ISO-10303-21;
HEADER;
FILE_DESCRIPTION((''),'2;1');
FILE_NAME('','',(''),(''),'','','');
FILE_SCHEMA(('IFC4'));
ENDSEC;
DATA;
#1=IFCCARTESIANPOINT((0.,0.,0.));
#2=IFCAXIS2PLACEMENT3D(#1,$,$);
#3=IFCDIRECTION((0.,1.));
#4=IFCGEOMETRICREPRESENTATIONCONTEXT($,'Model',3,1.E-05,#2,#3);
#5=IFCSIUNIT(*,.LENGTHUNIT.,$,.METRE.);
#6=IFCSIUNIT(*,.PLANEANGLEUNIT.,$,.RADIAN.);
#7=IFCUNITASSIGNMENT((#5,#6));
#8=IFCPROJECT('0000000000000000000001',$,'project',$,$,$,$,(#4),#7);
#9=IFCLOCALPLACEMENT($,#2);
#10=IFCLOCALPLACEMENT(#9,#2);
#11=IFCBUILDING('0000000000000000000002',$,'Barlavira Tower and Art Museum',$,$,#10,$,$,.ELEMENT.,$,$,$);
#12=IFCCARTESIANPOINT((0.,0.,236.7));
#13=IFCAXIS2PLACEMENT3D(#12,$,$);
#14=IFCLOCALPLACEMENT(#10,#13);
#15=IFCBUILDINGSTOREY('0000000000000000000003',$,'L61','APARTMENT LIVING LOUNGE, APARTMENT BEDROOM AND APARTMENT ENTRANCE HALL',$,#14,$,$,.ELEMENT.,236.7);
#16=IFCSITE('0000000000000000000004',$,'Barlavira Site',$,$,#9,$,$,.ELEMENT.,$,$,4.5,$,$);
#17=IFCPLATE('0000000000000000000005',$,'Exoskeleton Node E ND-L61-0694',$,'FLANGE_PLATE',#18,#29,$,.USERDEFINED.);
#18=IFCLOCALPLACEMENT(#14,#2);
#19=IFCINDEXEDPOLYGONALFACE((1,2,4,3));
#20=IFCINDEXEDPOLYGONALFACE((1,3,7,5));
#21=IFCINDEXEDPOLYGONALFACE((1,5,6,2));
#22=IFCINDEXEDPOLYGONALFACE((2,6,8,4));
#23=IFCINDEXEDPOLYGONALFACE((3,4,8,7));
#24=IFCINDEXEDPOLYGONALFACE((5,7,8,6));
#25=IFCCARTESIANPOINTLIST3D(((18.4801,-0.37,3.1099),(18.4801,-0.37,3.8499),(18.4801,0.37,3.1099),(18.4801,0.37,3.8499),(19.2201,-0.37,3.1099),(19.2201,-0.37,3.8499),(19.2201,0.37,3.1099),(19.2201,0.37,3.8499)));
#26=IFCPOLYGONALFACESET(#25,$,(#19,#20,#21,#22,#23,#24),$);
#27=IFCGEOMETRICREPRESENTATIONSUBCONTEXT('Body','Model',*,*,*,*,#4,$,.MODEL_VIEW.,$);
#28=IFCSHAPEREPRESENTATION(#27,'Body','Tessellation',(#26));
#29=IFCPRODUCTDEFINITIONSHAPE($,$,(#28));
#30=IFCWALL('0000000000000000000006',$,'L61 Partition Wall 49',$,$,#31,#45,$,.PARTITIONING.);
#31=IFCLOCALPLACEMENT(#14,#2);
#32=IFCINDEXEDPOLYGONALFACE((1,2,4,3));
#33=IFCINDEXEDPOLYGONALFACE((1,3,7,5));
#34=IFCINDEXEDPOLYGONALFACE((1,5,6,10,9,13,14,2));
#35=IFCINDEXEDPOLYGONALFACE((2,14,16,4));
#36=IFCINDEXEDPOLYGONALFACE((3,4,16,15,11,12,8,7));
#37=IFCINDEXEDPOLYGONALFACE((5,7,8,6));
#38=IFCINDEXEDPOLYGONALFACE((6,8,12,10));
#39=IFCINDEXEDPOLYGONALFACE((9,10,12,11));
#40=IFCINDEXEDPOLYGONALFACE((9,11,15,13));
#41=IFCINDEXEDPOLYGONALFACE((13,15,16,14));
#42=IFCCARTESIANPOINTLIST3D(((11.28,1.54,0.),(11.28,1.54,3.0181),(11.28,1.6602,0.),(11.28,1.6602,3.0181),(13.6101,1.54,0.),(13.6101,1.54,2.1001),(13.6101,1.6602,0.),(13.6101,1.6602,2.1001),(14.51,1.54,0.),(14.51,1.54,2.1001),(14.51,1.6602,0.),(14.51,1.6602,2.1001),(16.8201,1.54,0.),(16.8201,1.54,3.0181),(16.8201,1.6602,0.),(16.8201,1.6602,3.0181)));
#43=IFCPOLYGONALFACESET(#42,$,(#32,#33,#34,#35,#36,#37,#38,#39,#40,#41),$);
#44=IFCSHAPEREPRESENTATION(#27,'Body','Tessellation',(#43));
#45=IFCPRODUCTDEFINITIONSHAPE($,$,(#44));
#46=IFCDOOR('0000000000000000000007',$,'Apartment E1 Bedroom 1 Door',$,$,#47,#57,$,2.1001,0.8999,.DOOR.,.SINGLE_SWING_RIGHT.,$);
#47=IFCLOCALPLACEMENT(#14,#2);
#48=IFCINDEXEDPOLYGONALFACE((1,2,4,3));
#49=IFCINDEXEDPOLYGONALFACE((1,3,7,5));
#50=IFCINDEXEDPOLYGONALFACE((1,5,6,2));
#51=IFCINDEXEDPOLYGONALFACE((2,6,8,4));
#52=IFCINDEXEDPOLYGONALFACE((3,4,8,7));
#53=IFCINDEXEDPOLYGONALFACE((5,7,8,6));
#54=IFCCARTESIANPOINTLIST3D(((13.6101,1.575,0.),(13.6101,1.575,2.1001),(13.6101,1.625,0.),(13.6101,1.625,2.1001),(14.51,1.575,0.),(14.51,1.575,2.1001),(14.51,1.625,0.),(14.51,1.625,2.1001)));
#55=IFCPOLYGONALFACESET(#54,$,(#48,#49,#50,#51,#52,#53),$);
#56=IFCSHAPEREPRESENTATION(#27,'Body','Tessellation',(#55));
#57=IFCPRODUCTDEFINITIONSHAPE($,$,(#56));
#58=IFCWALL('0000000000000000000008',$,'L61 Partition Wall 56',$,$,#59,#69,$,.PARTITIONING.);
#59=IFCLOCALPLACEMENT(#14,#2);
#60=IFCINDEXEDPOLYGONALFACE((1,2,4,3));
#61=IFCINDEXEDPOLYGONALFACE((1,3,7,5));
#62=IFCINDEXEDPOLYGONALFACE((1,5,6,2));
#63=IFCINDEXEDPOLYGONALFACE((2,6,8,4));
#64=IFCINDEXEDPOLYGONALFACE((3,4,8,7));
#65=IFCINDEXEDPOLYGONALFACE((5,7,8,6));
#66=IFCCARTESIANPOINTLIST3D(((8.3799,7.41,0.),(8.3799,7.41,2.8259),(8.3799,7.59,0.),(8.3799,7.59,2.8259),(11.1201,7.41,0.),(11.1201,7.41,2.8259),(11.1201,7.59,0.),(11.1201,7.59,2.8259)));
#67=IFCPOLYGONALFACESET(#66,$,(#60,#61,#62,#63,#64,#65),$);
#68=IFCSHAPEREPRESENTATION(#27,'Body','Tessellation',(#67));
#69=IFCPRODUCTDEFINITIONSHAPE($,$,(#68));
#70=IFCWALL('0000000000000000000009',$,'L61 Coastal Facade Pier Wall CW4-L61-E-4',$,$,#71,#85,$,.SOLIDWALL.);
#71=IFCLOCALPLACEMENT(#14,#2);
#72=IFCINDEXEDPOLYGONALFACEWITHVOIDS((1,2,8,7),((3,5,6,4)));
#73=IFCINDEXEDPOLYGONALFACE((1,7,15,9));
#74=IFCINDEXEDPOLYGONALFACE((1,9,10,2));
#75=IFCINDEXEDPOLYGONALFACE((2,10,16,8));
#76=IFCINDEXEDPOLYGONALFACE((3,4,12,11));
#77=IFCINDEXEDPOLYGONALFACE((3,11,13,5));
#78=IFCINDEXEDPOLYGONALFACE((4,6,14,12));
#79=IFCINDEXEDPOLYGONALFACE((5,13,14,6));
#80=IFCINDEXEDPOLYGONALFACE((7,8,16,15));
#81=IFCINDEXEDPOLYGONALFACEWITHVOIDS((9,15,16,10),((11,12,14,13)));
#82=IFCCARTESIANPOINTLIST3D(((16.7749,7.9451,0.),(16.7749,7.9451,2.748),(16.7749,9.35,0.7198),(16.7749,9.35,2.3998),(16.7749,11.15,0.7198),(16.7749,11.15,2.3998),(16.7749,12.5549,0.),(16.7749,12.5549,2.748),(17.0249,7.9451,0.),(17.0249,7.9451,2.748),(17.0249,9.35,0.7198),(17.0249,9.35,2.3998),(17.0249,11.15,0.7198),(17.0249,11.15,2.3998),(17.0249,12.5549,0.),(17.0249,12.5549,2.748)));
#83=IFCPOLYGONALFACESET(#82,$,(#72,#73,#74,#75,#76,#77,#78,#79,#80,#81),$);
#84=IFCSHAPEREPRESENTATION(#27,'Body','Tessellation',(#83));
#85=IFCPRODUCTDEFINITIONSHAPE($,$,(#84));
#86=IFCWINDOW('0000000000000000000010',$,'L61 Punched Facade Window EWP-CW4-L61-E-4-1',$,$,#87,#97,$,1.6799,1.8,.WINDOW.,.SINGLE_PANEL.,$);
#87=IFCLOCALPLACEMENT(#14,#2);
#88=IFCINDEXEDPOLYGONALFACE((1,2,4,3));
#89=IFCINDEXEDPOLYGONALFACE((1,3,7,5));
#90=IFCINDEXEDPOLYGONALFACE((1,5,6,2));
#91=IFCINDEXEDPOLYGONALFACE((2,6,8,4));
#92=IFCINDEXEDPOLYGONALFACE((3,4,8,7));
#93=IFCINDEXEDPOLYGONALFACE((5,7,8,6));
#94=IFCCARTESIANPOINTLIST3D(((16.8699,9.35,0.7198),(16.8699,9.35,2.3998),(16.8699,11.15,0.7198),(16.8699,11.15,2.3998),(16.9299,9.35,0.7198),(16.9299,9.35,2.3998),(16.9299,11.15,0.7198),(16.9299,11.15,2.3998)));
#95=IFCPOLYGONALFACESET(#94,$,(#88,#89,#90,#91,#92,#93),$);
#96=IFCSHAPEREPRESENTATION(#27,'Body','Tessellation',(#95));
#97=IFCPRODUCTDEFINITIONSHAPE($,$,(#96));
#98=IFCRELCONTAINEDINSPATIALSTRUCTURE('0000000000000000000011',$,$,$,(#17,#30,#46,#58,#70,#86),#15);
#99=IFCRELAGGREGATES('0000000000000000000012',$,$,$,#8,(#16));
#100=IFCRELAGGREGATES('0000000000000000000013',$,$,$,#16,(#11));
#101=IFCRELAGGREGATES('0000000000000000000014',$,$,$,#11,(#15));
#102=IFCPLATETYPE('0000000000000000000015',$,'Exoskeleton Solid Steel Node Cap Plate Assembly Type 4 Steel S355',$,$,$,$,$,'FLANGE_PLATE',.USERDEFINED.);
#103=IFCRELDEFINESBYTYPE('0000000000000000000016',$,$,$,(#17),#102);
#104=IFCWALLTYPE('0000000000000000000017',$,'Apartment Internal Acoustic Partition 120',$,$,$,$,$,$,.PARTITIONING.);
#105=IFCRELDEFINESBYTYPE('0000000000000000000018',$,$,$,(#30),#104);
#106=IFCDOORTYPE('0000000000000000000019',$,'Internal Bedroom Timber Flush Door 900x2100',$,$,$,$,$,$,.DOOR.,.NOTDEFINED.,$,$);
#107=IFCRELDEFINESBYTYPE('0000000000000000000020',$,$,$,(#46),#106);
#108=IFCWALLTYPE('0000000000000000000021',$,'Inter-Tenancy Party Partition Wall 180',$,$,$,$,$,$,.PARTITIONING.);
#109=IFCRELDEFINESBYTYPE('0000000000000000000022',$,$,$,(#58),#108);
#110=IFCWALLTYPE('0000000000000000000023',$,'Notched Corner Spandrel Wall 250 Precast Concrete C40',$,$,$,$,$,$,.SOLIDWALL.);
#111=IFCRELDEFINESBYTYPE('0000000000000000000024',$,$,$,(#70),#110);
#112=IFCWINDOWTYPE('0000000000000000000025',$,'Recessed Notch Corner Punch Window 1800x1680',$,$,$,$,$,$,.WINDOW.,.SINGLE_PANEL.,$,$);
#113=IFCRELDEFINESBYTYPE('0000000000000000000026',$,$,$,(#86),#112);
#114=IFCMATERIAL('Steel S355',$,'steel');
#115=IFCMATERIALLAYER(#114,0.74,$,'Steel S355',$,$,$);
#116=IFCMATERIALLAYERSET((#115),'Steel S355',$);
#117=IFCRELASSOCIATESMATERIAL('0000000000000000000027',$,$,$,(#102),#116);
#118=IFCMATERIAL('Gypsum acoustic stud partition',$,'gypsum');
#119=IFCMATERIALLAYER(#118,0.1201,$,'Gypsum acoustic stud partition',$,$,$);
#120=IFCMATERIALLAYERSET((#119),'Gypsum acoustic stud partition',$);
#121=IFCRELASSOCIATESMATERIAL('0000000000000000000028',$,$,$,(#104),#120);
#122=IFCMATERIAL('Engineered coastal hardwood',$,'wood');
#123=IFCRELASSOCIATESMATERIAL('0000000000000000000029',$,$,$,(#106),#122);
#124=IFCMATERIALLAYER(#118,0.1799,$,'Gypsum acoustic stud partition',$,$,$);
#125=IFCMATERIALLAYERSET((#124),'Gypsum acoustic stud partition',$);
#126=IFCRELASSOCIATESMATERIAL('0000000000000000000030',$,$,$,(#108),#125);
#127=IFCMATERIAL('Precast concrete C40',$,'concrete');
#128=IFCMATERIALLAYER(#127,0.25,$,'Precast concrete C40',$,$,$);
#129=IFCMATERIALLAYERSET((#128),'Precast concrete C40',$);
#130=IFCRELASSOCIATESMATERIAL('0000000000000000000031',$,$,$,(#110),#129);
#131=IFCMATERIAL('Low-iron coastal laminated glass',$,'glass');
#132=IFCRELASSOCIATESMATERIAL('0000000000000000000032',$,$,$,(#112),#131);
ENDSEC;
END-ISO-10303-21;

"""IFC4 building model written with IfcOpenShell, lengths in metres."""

from ifc_helpers import new_model, si_unit, direction, frame, frame_2d, origin, origin_2d, place, context, subcontext, project, spatial, rectangle, extrude, material, layer, layer_set, type_object, element, fill, save


model = new_model("IFC4")

# Units and contexts
model_context = context("Model", 3, precision=1e-05, world=origin(), true_north=direction((0.0, 1.0)))
body_context = subcontext(model_context, "Body", "Model", "MODEL_VIEW")
ifc_project = project(units=[si_unit("LENGTHUNIT", "METRE"), si_unit("PLANEANGLEUNIT", "RADIAN")], contexts=[model_context])

# Site, building, storey
site_placement = place(None, origin())
site = spatial("IfcSite", under=ifc_project, at=site_placement, Name="Barlavira Site", CompositionType="ELEMENT", RefElevation=4.5)
building_placement = place(site_placement, origin())
building = spatial("IfcBuilding", under=site, at=building_placement, Name="Barlavira Tower and Art Museum", CompositionType="ELEMENT")
storey_placement = place(building_placement, frame((0.0, 0.0, 236.7)))
storey = spatial("IfcBuildingStorey", under=building, at=storey_placement, Name="L61", Description="APARTMENT LIVING LOUNGE, APARTMENT BEDROOM AND APARTMENT ENTRANCE HALL", CompositionType="ELEMENT", Elevation=236.7)

# Shared definitions
ifc_material_1 = material(Name="Low-iron coastal laminated glass", Category="glass")

# Shared definitions
ifc_material_2 = material(Name="Steel S355", Category="steel")

# Plate
ifc_layer_1 = layer(ifc_material_2, 0.74, Name="Steel S355")
ifc_layer_set_1 = layer_set([ifc_layer_1], Name="Steel S355")
plate_type_1 = type_object("IfcPlateType", Name="Exoskeleton Solid Steel Node Cap Plate Assembly Type 4 Steel S355", ElementType="FLANGE_PLATE", PredefinedType="USERDEFINED", material=ifc_layer_set_1)
plate_1_placement = place(storey_placement, frame((18.8501, 0.0, 3.1099), z_axis=(0.0, 0.0, 1.0), x_axis=(1.0, 0.0, 0.0)))
element("IfcPlate", 1, at=plate_1_placement, inside=storey, type_object=plate_type_1, Name="Exoskeleton Node E ND-L61-0694", ObjectType="FLANGE_PLATE", PredefinedType="USERDEFINED", context=body_context, shape_type="SweptSolid", body=[
    extrude(rectangle(XDim=0.74, YDim=0.74, at=origin_2d()), origin(), (0.0, 0.0, 1.0), 0.74),
])

# Wall, opening, door
ifc_material_3 = material(Name="Gypsum acoustic stud partition", Category="gypsum")
ifc_layer_2 = layer(ifc_material_3, 0.1201, Name="Gypsum acoustic stud partition")
ifc_layer_set_2 = layer_set([ifc_layer_2], Name="Gypsum acoustic stud partition")
wall_type_1 = type_object("IfcWallType", Name="Apartment Internal Acoustic Partition 120", PredefinedType="PARTITIONING", material=ifc_layer_set_2)
wall_1_placement = place(storey_placement, frame((11.28, 1.6001, 0.0), z_axis=(0.0, 0.0, 1.0), x_axis=(1.0, 0.0, 0.0)))
wall_1 = element("IfcWall", 2, at=wall_1_placement, inside=storey, type_object=wall_type_1, Name="L61 Partition Wall 49", PredefinedType="PARTITIONING", context=body_context, shape_type="SweptSolid", body=[
    extrude(rectangle(XDim=5.54, YDim=0.1201, at=frame_2d((2.77, 0.0))), origin(), (0.0, 0.0, 1.0), 3.0181),
])
opening_1_placement = place(wall_1_placement, frame((2.3301, 0.0, 0.0)))
opening_1 = element("IfcOpeningElement", 3, at=opening_1_placement, cuts=wall_1, PredefinedType="OPENING", context=body_context, shape_type="SweptSolid", body=[
    extrude(rectangle(XDim=0.8999, YDim=2.1001, at=frame_2d((0.45, 1.05))), frame((0.0, 0.0701, 0.0), z_axis=(0.0, -1.0, 0.0), x_axis=(1.0, 0.0, 0.0)), (0.0, 0.0, 1.0), 0.1401),
])
ifc_material_4 = material(Name="Engineered coastal hardwood", Category="wood")
door_type = type_object("IfcDoorType", Name="Internal Bedroom Timber Flush Door 900x2100", OperationType="NOTDEFINED", PredefinedType="DOOR", material=ifc_material_4)
door_placement = place(opening_1_placement, origin())
door = element("IfcDoor", 4, at=door_placement, inside=storey, type_object=door_type, Name="Apartment E1 Bedroom 1 Door", OperationType="SINGLE_SWING_RIGHT", OverallHeight=2.1001, OverallWidth=0.8999, PredefinedType="DOOR", context=body_context, shape_type="SweptSolid", body=[
    extrude(rectangle(XDim=0.8999, YDim=2.1001, at=frame_2d((0.45, 1.05))), frame((0.0, 0.0249, 0.0), z_axis=(0.0, -1.0, 0.0), x_axis=(1.0, 0.0, 0.0)), (0.0, 0.0, 1.0), 0.05),
])
fill(opening_1, door)

# Wall
ifc_layer_3 = layer(ifc_material_3, 0.1799, Name="Gypsum acoustic stud partition")
ifc_layer_set_3 = layer_set([ifc_layer_3], Name="Gypsum acoustic stud partition")
wall_type_2 = type_object("IfcWallType", Name="Inter-Tenancy Party Partition Wall 180", PredefinedType="PARTITIONING", material=ifc_layer_set_3)
wall_2_placement = place(storey_placement, frame((8.3799, 7.5, 0.0), z_axis=(0.0, 0.0, 1.0), x_axis=(1.0, 0.0, 0.0)))
element("IfcWall", 5, at=wall_2_placement, inside=storey, type_object=wall_type_2, Name="L61 Partition Wall 56", PredefinedType="PARTITIONING", context=body_context, shape_type="SweptSolid", body=[
    extrude(rectangle(XDim=2.7402, YDim=0.1799, at=frame_2d((1.3701, 0.0))), origin(), (0.0, 0.0, 1.0), 2.8259),
])

# Wall, opening, window
ifc_material_5 = material(Name="Precast concrete C40", Category="concrete")
ifc_layer_4 = layer(ifc_material_5, 0.25, Name="Precast concrete C40")
ifc_layer_set_4 = layer_set([ifc_layer_4], Name="Precast concrete C40")
wall_type_3 = type_object("IfcWallType", Name="Notched Corner Spandrel Wall 250 Precast Concrete C40", PredefinedType="SOLIDWALL", material=ifc_layer_set_4)
wall_3_placement = place(storey_placement, frame((16.8999, 7.9451, 0.0), z_axis=(0.0, 0.0, 1.0), x_axis=(0.0, 1.0, 0.0)))
wall_3 = element("IfcWall", 6, at=wall_3_placement, inside=storey, type_object=wall_type_3, Name="L61 Coastal Facade Pier Wall CW4-L61-E-4", PredefinedType="SOLIDWALL", context=body_context, shape_type="SweptSolid", body=[
    extrude(rectangle(XDim=4.6099, YDim=0.25, at=frame_2d((2.3049, 0.0))), origin(), (0.0, 0.0, 1.0), 2.748),
])
opening_2_placement = place(wall_3_placement, frame((1.405, 0.0, 0.72)))
opening_2 = element("IfcOpeningElement", 7, at=opening_2_placement, cuts=wall_3, PredefinedType="OPENING", context=body_context, shape_type="SweptSolid", body=[
    extrude(rectangle(XDim=1.8, YDim=1.6799, at=frame_2d((0.8999, 0.8398))), frame((0.0, 0.135, 0.0), z_axis=(0.0, -1.0, 0.0), x_axis=(1.0, 0.0, 0.0)), (0.0, 0.0, 1.0), 0.27),
])
window_type = type_object("IfcWindowType", Name="Recessed Notch Corner Punch Window 1800x1680", PartitioningType="SINGLE_PANEL", PredefinedType="WINDOW", material=ifc_material_1)
window_placement = place(opening_2_placement, origin())
window = element("IfcWindow", 8, at=window_placement, inside=storey, type_object=window_type, Name="L61 Punched Facade Window EWP-CW4-L61-E-4-1", OverallHeight=1.6799, OverallWidth=1.8, PartitioningType="SINGLE_PANEL", PredefinedType="WINDOW", context=body_context, shape_type="SweptSolid", body=[
    extrude(rectangle(XDim=1.8, YDim=1.6799, at=frame_2d((0.8999, 0.8398))), frame((0.0, 0.03, 0.0), z_axis=(0.0, -1.0, 0.0), x_axis=(1.0, 0.0, 0.0)), (0.0, 0.0, 1.0), 0.0601),
])
fill(opening_2, window)

save(model, "model.ifc")
